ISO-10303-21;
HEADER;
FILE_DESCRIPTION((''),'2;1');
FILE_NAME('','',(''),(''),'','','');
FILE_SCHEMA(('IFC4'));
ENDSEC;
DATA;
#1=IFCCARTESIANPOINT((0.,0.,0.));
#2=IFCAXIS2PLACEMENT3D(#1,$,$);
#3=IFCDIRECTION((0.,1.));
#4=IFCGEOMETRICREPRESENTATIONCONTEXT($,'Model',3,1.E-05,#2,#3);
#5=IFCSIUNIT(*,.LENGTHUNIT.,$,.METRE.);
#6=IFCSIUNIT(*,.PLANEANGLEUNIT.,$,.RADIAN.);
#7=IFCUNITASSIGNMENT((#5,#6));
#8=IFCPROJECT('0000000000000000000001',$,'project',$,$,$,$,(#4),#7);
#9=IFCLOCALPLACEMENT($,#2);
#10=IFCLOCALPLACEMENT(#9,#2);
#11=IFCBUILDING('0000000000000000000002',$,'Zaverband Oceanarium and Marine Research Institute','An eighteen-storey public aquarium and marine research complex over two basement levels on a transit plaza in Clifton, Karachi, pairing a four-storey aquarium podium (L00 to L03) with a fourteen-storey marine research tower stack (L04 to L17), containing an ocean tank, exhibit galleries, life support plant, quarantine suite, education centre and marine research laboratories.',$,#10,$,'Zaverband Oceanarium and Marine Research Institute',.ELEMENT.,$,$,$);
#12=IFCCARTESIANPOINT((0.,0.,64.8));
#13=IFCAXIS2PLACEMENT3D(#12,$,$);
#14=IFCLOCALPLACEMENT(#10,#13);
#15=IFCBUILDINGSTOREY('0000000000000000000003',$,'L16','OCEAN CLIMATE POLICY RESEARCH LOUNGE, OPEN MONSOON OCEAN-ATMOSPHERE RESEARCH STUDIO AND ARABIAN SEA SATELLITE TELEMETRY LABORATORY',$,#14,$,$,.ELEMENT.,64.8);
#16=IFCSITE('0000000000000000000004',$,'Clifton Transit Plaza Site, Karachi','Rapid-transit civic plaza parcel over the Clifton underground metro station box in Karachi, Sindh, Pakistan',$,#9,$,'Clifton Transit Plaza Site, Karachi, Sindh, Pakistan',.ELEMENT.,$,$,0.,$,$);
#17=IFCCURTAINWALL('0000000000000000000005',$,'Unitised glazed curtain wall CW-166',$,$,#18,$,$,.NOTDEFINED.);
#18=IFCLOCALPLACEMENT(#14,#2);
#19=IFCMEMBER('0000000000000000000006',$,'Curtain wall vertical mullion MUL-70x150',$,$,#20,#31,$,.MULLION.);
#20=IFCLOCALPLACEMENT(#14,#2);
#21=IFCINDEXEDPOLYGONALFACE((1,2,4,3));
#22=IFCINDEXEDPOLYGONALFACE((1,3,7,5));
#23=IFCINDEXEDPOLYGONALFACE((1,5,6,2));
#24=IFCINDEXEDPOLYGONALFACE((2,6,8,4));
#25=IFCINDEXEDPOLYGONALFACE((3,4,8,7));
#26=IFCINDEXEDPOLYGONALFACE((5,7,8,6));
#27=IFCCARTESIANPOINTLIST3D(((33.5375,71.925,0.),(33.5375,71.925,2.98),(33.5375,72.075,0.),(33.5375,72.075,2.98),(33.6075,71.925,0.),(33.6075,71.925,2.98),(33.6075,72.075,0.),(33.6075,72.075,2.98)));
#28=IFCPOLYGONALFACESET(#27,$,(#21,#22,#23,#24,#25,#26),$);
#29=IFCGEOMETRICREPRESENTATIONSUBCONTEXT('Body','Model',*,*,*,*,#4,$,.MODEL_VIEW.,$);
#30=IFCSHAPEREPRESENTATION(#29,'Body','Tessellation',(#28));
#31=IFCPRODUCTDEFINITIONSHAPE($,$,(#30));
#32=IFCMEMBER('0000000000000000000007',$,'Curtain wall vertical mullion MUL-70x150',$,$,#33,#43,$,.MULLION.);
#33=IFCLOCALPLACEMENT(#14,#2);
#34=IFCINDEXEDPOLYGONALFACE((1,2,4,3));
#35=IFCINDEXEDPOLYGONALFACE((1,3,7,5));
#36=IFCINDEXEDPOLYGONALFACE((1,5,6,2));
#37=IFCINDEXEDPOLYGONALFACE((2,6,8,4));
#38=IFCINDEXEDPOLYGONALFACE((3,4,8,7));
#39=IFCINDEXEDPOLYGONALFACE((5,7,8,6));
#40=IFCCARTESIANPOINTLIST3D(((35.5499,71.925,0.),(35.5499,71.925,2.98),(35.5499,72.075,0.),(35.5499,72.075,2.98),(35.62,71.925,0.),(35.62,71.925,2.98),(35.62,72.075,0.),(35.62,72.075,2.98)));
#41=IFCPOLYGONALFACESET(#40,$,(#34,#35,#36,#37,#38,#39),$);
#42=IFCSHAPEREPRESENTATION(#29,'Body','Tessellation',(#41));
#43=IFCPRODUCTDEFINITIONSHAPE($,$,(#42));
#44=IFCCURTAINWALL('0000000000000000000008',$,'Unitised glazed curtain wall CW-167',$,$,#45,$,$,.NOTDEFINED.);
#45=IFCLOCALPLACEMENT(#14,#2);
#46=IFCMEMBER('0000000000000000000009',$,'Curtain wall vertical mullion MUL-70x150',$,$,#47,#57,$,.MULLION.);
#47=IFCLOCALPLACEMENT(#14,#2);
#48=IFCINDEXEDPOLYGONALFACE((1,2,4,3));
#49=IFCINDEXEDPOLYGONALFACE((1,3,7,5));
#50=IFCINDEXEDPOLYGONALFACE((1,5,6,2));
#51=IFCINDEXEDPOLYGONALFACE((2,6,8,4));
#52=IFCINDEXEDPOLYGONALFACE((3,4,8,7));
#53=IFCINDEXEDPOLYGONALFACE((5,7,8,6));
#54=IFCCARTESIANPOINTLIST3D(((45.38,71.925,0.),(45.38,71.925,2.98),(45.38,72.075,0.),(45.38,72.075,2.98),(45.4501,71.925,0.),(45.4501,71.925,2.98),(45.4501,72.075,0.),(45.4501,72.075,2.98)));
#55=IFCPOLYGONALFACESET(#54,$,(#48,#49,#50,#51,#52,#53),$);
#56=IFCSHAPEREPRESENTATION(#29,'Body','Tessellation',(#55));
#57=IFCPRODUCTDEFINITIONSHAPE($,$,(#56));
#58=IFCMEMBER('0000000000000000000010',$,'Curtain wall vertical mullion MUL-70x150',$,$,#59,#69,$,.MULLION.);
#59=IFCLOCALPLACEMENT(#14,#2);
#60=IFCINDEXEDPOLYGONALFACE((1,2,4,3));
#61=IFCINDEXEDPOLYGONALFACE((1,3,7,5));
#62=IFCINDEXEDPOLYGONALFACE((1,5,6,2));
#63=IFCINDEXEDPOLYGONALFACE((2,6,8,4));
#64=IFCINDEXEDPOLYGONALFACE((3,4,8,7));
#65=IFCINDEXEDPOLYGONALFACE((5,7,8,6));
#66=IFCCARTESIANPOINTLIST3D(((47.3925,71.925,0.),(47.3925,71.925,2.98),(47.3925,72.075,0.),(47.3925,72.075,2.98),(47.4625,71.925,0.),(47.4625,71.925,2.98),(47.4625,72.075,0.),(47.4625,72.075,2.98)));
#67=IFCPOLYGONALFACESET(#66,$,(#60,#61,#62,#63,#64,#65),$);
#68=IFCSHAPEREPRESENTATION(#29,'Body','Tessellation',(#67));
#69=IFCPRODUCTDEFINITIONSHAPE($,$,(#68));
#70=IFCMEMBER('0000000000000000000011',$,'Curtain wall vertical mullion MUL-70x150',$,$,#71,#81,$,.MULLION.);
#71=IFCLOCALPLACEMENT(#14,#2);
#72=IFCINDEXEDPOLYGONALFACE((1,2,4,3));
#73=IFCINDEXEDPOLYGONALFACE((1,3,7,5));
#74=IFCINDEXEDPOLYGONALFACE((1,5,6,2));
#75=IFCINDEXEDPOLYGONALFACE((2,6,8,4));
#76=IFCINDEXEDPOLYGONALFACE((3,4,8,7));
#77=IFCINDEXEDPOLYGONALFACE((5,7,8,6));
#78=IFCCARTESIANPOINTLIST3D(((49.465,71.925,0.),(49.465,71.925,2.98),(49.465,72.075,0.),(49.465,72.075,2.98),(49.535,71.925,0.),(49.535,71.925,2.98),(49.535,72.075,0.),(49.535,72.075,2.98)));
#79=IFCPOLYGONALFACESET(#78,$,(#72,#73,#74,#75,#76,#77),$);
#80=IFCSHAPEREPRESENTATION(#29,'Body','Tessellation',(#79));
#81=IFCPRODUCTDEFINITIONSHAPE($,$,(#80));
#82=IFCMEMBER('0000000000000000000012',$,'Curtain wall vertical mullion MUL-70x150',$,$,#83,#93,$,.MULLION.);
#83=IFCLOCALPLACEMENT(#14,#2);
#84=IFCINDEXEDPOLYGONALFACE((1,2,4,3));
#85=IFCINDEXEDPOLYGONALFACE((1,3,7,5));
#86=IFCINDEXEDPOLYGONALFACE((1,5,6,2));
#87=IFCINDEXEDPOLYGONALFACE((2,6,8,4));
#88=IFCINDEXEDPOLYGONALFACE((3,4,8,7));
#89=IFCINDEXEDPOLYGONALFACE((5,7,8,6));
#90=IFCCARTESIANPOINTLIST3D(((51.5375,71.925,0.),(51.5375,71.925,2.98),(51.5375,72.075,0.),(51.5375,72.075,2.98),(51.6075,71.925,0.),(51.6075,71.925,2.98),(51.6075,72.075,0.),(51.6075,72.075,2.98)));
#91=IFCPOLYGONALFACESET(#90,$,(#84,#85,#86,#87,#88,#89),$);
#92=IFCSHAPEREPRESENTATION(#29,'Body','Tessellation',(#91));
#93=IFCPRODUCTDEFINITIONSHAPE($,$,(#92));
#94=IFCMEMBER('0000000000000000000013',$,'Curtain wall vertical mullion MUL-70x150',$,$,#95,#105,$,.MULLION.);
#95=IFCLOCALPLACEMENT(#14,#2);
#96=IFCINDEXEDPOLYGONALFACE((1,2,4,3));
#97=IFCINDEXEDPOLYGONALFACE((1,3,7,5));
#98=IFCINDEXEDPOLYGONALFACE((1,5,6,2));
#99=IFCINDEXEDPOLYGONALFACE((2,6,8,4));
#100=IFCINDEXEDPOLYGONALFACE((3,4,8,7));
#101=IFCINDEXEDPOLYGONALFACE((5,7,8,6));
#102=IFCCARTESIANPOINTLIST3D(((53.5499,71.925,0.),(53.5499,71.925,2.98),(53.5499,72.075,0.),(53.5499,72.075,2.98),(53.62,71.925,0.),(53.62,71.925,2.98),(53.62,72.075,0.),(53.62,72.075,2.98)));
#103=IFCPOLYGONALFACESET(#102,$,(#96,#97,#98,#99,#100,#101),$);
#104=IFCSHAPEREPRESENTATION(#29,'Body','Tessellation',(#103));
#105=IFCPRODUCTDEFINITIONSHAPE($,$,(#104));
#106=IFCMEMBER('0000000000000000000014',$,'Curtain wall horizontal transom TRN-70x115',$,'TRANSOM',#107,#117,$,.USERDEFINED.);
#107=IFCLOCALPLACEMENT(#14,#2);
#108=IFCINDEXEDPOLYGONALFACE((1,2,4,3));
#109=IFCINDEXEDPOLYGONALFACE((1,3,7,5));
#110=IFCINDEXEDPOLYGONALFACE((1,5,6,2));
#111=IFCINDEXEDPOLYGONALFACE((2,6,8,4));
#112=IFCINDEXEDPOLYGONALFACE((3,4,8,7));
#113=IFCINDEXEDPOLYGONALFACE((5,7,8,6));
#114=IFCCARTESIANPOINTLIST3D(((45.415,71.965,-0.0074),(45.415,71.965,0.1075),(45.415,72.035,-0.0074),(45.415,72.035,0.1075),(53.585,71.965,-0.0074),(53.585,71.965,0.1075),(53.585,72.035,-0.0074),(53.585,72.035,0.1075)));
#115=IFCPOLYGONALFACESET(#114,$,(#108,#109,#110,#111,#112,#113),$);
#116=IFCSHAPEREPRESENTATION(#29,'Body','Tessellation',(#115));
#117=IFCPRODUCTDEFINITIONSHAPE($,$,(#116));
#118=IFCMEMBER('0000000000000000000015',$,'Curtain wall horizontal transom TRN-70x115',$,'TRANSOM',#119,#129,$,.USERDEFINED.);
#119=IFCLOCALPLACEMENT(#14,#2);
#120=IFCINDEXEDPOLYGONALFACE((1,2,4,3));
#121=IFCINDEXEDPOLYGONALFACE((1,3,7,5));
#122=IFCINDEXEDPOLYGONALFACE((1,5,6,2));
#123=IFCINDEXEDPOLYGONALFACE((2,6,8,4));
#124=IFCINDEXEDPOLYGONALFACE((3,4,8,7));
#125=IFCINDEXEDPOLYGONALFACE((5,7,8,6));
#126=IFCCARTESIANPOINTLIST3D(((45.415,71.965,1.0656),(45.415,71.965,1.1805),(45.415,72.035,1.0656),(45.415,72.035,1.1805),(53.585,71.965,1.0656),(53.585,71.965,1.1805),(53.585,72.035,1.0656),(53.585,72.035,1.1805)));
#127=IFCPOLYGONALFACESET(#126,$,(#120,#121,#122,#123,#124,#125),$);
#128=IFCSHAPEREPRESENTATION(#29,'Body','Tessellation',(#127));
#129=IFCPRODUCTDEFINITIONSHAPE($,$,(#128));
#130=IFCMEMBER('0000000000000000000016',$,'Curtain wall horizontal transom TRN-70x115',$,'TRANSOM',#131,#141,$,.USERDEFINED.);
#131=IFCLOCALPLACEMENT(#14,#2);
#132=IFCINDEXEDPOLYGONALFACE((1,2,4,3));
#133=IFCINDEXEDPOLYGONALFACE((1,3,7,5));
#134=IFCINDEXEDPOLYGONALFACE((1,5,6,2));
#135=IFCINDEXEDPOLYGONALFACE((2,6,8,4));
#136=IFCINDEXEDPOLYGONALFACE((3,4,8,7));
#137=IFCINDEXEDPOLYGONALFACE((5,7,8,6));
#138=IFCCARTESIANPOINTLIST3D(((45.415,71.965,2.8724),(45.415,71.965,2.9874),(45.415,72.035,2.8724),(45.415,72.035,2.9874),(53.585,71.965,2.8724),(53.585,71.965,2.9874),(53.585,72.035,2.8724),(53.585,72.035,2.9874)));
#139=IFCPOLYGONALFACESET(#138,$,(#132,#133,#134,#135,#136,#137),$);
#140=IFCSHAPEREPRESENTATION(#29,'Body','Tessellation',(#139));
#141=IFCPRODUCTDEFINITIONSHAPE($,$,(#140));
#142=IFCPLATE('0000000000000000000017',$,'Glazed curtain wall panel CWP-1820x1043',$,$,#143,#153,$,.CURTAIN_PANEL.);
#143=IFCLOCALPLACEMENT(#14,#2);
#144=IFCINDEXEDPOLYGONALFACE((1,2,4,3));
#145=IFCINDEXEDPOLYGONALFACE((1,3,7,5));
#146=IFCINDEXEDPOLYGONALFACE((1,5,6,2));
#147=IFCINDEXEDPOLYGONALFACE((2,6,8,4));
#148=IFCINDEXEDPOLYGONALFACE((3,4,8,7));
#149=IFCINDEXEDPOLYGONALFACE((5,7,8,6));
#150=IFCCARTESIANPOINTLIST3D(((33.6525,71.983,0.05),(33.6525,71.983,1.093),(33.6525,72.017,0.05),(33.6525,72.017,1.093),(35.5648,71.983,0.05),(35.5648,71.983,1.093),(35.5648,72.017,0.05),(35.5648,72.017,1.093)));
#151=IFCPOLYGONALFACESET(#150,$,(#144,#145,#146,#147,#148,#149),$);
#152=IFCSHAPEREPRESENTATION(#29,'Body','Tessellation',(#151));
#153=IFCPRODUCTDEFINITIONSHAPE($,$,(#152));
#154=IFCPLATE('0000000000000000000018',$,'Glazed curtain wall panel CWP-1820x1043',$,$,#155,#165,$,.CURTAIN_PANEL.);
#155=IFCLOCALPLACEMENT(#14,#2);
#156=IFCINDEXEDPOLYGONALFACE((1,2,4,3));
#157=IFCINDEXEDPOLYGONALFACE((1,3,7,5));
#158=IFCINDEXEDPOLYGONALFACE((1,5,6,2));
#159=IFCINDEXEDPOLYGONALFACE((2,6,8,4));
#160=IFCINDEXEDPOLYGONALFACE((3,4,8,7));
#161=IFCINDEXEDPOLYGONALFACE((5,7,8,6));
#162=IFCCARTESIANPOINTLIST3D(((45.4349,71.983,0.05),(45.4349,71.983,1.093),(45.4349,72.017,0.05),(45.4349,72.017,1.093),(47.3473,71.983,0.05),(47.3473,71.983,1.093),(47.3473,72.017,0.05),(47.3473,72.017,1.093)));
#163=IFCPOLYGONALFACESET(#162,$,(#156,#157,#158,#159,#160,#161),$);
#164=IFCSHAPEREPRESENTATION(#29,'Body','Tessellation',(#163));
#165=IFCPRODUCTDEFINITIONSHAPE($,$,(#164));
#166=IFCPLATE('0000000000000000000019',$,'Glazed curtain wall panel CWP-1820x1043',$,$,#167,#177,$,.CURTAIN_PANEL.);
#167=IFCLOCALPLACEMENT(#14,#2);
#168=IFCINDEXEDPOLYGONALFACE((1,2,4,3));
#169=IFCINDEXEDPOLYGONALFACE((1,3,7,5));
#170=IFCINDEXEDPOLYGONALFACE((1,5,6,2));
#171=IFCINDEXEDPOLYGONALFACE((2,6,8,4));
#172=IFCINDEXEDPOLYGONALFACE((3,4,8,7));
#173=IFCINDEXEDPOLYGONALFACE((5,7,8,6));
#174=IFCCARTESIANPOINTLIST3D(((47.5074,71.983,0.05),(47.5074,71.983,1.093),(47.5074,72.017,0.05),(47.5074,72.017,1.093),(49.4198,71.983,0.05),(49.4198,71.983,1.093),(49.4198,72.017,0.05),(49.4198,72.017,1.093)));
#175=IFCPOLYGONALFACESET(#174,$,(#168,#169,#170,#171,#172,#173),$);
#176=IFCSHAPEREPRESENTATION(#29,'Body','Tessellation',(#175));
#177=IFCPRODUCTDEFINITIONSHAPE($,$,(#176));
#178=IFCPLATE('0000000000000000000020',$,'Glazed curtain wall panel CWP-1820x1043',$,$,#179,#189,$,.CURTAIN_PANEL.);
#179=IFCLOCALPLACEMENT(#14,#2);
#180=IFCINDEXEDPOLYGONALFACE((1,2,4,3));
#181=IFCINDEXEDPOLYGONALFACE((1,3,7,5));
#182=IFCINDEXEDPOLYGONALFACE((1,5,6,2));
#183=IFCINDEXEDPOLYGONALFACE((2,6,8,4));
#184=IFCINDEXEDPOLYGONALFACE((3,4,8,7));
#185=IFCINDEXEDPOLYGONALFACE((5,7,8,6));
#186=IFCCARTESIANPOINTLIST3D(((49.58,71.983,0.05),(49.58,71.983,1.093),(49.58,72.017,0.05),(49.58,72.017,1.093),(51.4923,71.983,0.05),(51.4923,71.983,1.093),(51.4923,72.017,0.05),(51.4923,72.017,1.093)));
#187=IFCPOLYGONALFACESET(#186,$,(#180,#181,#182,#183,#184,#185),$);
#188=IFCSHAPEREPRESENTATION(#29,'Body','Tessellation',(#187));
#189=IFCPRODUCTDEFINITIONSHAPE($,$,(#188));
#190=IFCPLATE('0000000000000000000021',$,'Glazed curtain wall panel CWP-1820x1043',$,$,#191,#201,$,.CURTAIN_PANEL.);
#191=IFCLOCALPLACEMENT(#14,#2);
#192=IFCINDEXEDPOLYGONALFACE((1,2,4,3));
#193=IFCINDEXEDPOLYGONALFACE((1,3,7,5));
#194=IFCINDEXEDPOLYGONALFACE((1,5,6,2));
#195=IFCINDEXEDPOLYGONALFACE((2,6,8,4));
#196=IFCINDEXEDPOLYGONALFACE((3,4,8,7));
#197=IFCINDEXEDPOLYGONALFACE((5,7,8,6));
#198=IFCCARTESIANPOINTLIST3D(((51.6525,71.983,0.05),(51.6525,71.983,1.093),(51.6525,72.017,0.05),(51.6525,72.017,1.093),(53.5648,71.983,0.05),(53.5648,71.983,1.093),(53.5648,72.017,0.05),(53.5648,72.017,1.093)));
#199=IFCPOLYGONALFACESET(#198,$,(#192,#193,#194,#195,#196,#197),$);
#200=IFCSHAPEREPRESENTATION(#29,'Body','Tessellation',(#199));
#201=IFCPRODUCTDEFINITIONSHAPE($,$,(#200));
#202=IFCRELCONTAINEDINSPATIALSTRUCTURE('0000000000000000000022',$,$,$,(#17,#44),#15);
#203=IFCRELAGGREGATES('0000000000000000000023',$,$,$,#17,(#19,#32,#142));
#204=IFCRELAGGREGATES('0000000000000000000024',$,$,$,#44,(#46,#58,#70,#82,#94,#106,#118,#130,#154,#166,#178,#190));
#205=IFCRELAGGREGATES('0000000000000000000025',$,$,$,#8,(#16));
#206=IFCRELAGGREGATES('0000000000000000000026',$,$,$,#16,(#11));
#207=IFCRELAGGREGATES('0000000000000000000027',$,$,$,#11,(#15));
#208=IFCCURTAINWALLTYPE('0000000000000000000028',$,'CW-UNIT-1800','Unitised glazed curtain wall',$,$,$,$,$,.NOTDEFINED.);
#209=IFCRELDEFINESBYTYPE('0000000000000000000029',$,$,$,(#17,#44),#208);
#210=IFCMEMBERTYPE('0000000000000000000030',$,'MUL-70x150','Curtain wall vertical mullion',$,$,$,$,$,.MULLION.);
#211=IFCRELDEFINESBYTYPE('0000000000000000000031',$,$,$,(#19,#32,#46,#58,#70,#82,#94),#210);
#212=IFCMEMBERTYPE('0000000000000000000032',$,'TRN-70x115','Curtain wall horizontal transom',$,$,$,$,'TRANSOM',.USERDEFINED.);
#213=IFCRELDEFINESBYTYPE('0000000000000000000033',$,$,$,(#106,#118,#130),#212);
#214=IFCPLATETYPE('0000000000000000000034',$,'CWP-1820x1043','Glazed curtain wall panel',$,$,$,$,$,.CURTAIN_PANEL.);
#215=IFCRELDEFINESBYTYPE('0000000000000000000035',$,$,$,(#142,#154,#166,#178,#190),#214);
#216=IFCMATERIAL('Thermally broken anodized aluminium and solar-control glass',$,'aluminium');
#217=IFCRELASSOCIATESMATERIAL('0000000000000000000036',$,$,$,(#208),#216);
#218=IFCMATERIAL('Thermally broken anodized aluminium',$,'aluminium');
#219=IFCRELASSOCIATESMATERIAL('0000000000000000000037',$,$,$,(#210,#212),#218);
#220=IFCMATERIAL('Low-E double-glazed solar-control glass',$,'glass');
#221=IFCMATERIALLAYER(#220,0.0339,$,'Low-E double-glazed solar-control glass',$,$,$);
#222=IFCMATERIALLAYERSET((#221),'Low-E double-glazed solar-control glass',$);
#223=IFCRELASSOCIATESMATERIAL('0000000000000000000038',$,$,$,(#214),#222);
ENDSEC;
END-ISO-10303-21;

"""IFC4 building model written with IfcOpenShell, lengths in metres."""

from ifc_helpers import new_model, si_unit, direction, frame, frame_2d, origin, origin_2d, place, context, subcontext, project, spatial, rectangle, extrude, material, layer, layer_set, material_profile, profile_set, type_object, element, aggregate, save


model = new_model("IFC4")

# Units and contexts
model_context = context("Model", 3, precision=1e-05, world=origin(), true_north=direction((0.0, 1.0)))
body_context = subcontext(model_context, "Body", "Model", "MODEL_VIEW")
ifc_project = project(units=[si_unit("LENGTHUNIT", "METRE"), si_unit("PLANEANGLEUNIT", "RADIAN")], contexts=[model_context])

# Site, building, storey
site_placement = place(None, origin())
site = spatial("IfcSite", under=ifc_project, at=site_placement, Name="Clifton Transit Plaza Site, Karachi", Description="Rapid-transit civic plaza parcel over the Clifton underground metro station box in Karachi, Sindh, Pakistan", LongName="Clifton Transit Plaza Site, Karachi, Sindh, Pakistan", CompositionType="ELEMENT", RefElevation=0.0)
building_placement = place(site_placement, origin())
building = spatial("IfcBuilding", under=site, at=building_placement, Name="Zaverband Oceanarium and Marine Research Institute", Description="An eighteen-storey public aquarium and marine research complex over two basement levels on a transit plaza in Clifton, Karachi, pairing a four-storey aquarium podium (L00 to L03) with a fourteen-storey marine research tower stack (L04 to L17), containing an ocean tank, exhibit galleries, life support plant, quarantine suite, education centre and marine research laboratories.", LongName="Zaverband Oceanarium and Marine Research Institute", CompositionType="ELEMENT")
storey_placement = place(building_placement, frame((0.0, 0.0, 64.8)))
storey = spatial("IfcBuildingStorey", under=building, at=storey_placement, Name="L16", Description="OCEAN CLIMATE POLICY RESEARCH LOUNGE, OPEN MONSOON OCEAN-ATMOSPHERE RESEARCH STUDIO AND ARABIAN SEA SATELLITE TELEMETRY LABORATORY", CompositionType="ELEMENT", Elevation=64.8)

# Curtain walls, members
ifc_material_1 = material(Name="Thermally broken anodized aluminium and solar-control glass", Category="aluminium")
curtain_wall_type = type_object("IfcCurtainWallType", Name="CW-UNIT-1800", Description="Unitised glazed curtain wall", PredefinedType="NOTDEFINED", material=ifc_material_1)
curtain_wall_1_placement = place(storey_placement, origin())
curtain_wall_1 = element("IfcCurtainWall", 1, at=curtain_wall_1_placement, inside=storey, type_object=curtain_wall_type, Name="Unitised glazed curtain wall CW-166", PredefinedType="NOTDEFINED")
ifc_material_2 = material(Name="Thermally broken anodized aluminium", Category="aluminium")
ifc_material_profile_1 = material_profile(ifc_material_2, rectangle(XDim=0.0701, YDim=0.1499, at=origin_2d()), Name="AL-MUL-70x150")
ifc_profile_set_1 = profile_set([ifc_material_profile_1], Name="Thermally broken anodized aluminium")
member_type_1 = type_object("IfcMemberType", Name="MUL-70x150", Description="Curtain wall vertical mullion", PredefinedType="MULLION", material=ifc_profile_set_1)
member_1_placement = place(storey_placement, frame((33.5725, 72.0, 0.0), z_axis=(0.0, 0.0, 1.0), x_axis=(1.0, 0.0, 0.0)))
member_1 = element("IfcMember", 2, at=member_1_placement, type_object=member_type_1, Name="Curtain wall vertical mullion MUL-70x150", PredefinedType="MULLION", context=body_context, shape_type="SweptSolid", body=[
    extrude(rectangle(XDim=0.0701, YDim=0.1499, at=origin_2d()), origin(), (0.0, 0.0, 1.0), 2.98),
])
member_2_placement = place(storey_placement, frame((35.585, 72.0, 0.0), z_axis=(0.0, 0.0, 1.0), x_axis=(1.0, 0.0, 0.0)))
member_2 = element("IfcMember", 3, at=member_2_placement, type_object=member_type_1, Name="Curtain wall vertical mullion MUL-70x150", PredefinedType="MULLION", context=body_context, shape_type="SweptSolid", body=[
    extrude(rectangle(XDim=0.0701, YDim=0.1499, at=origin_2d()), origin(), (0.0, 0.0, 1.0), 2.98),
])
curtain_wall_2_placement = place(storey_placement, origin())
curtain_wall_2 = element("IfcCurtainWall", 4, at=curtain_wall_2_placement, inside=storey, type_object=curtain_wall_type, Name="Unitised glazed curtain wall CW-167", PredefinedType="NOTDEFINED")
member_3_placement = place(storey_placement, frame((45.415, 72.0, 0.0), z_axis=(0.0, 0.0, 1.0), x_axis=(1.0, 0.0, 0.0)))
member_3 = element("IfcMember", 5, at=member_3_placement, type_object=member_type_1, Name="Curtain wall vertical mullion MUL-70x150", PredefinedType="MULLION", context=body_context, shape_type="SweptSolid", body=[
    extrude(rectangle(XDim=0.0701, YDim=0.1499, at=origin_2d()), origin(), (0.0, 0.0, 1.0), 2.98),
])
member_4_placement = place(storey_placement, frame((47.4275, 72.0, 0.0), z_axis=(0.0, 0.0, 1.0), x_axis=(1.0, 0.0, 0.0)))
member_4 = element("IfcMember", 6, at=member_4_placement, type_object=member_type_1, Name="Curtain wall vertical mullion MUL-70x150", PredefinedType="MULLION", context=body_context, shape_type="SweptSolid", body=[
    extrude(rectangle(XDim=0.0701, YDim=0.1499, at=origin_2d()), origin(), (0.0, 0.0, 1.0), 2.98),
])
member_5_placement = place(storey_placement, frame((49.5, 72.0, 0.0), z_axis=(0.0, 0.0, 1.0), x_axis=(1.0, 0.0, 0.0)))
member_5 = element("IfcMember", 7, at=member_5_placement, type_object=member_type_1, Name="Curtain wall vertical mullion MUL-70x150", PredefinedType="MULLION", context=body_context, shape_type="SweptSolid", body=[
    extrude(rectangle(XDim=0.0701, YDim=0.1499, at=origin_2d()), origin(), (0.0, 0.0, 1.0), 2.98),
])
member_6_placement = place(storey_placement, frame((51.5725, 72.0, 0.0), z_axis=(0.0, 0.0, 1.0), x_axis=(1.0, 0.0, 0.0)))
member_6 = element("IfcMember", 8, at=member_6_placement, type_object=member_type_1, Name="Curtain wall vertical mullion MUL-70x150", PredefinedType="MULLION", context=body_context, shape_type="SweptSolid", body=[
    extrude(rectangle(XDim=0.0701, YDim=0.1499, at=origin_2d()), origin(), (0.0, 0.0, 1.0), 2.98),
])
member_7_placement = place(storey_placement, frame((53.585, 72.0, 0.0), z_axis=(0.0, 0.0, 1.0), x_axis=(1.0, 0.0, 0.0)))
member_7 = element("IfcMember", 9, at=member_7_placement, type_object=member_type_1, Name="Curtain wall vertical mullion MUL-70x150", PredefinedType="MULLION", context=body_context, shape_type="SweptSolid", body=[
    extrude(rectangle(XDim=0.0701, YDim=0.1499, at=origin_2d()), origin(), (0.0, 0.0, 1.0), 2.98),
])
ifc_material_profile_2 = material_profile(ifc_material_2, rectangle(XDim=0.0701, YDim=0.115, at=origin_2d()), Name="AL-TRN-70x115")
ifc_profile_set_2 = profile_set([ifc_material_profile_2], Name="Thermally broken anodized aluminium")
member_type_2 = type_object("IfcMemberType", Name="TRN-70x115", Description="Curtain wall horizontal transom", ElementType="TRANSOM", PredefinedType="USERDEFINED", material=ifc_profile_set_2)
member_8_placement = place(storey_placement, frame((45.415, 72.0, 0.05), z_axis=(1.0, 0.0, 0.0), x_axis=(0.0, 1.0, 0.0)))
member_8 = element("IfcMember", 10, at=member_8_placement, type_object=member_type_2, Name="Curtain wall horizontal transom TRN-70x115", ObjectType="TRANSOM", PredefinedType="USERDEFINED", context=body_context, shape_type="SweptSolid", body=[
    extrude(rectangle(XDim=0.0701, YDim=0.115, at=origin_2d()), origin(), (0.0, 0.0, 1.0), 8.1699),
])
member_9_placement = place(storey_placement, frame((45.415, 72.0, 1.123), z_axis=(1.0, 0.0, 0.0), x_axis=(0.0, 1.0, 0.0)))
member_9 = element("IfcMember", 11, at=member_9_placement, type_object=member_type_2, Name="Curtain wall horizontal transom TRN-70x115", ObjectType="TRANSOM", PredefinedType="USERDEFINED", context=body_context, shape_type="SweptSolid", body=[
    extrude(rectangle(XDim=0.0701, YDim=0.115, at=origin_2d()), origin(), (0.0, 0.0, 1.0), 8.1699),
])
member_10_placement = place(storey_placement, frame((45.415, 72.0, 2.9299), z_axis=(1.0, 0.0, 0.0), x_axis=(0.0, 1.0, 0.0)))
member_10 = element("IfcMember", 12, at=member_10_placement, type_object=member_type_2, Name="Curtain wall horizontal transom TRN-70x115", ObjectType="TRANSOM", PredefinedType="USERDEFINED", context=body_context, shape_type="SweptSolid", body=[
    extrude(rectangle(XDim=0.0701, YDim=0.115, at=origin_2d()), origin(), (0.0, 0.0, 1.0), 8.1699),
])

# Plates
ifc_material_3 = material(Name="Low-E double-glazed solar-control glass", Category="glass")
ifc_layer_1 = layer(ifc_material_3, 0.0339, Name="Low-E double-glazed solar-control glass")
ifc_layer_set_1 = layer_set([ifc_layer_1], Name="Low-E double-glazed solar-control glass")
plate_type_1 = type_object("IfcPlateType", Name="CWP-1820x1043", Description="Glazed curtain wall panel", PredefinedType="CURTAIN_PANEL", material=ifc_layer_set_1)
plate_1_placement = place(storey_placement, frame((33.6526, 72.0, 0.05), z_axis=(0.0, 0.0, 1.0), x_axis=(1.0, 0.0, 0.0)))
plate_1 = element("IfcPlate", 13, at=plate_1_placement, type_object=plate_type_1, Name="Glazed curtain wall panel CWP-1820x1043", PredefinedType="CURTAIN_PANEL", context=body_context, shape_type="SweptSolid", body=[
    extrude(rectangle(XDim=1.9124, YDim=0.0339, at=frame_2d((0.9561, 0.0))), origin(), (0.0, 0.0, 1.0), 1.043),
])
plate_2_placement = place(storey_placement, frame((45.4351, 72.0, 0.05), z_axis=(0.0, 0.0, 1.0), x_axis=(1.0, 0.0, 0.0)))
plate_2 = element("IfcPlate", 14, at=plate_2_placement, type_object=plate_type_1, Name="Glazed curtain wall panel CWP-1820x1043", PredefinedType="CURTAIN_PANEL", context=body_context, shape_type="SweptSolid", body=[
    extrude(rectangle(XDim=1.9124, YDim=0.0339, at=frame_2d((0.9561, 0.0))), origin(), (0.0, 0.0, 1.0), 1.043),
])
plate_3_placement = place(storey_placement, frame((47.5076, 72.0, 0.05), z_axis=(0.0, 0.0, 1.0), x_axis=(1.0, 0.0, 0.0)))
plate_3 = element("IfcPlate", 15, at=plate_3_placement, type_object=plate_type_1, Name="Glazed curtain wall panel CWP-1820x1043", PredefinedType="CURTAIN_PANEL", context=body_context, shape_type="SweptSolid", body=[
    extrude(rectangle(XDim=1.9124, YDim=0.0339, at=frame_2d((0.9561, 0.0))), origin(), (0.0, 0.0, 1.0), 1.043),
])
plate_4_placement = place(storey_placement, frame((49.5801, 72.0, 0.05), z_axis=(0.0, 0.0, 1.0), x_axis=(1.0, 0.0, 0.0)))
plate_4 = element("IfcPlate", 16, at=plate_4_placement, type_object=plate_type_1, Name="Glazed curtain wall panel CWP-1820x1043", PredefinedType="CURTAIN_PANEL", context=body_context, shape_type="SweptSolid", body=[
    extrude(rectangle(XDim=1.9124, YDim=0.0339, at=frame_2d((0.9561, 0.0))), origin(), (0.0, 0.0, 1.0), 1.043),
])
plate_5_placement = place(storey_placement, frame((51.6526, 72.0, 0.05), z_axis=(0.0, 0.0, 1.0), x_axis=(1.0, 0.0, 0.0)))
plate_5 = element("IfcPlate", 17, at=plate_5_placement, type_object=plate_type_1, Name="Glazed curtain wall panel CWP-1820x1043", PredefinedType="CURTAIN_PANEL", context=body_context, shape_type="SweptSolid", body=[
    extrude(rectangle(XDim=1.9124, YDim=0.0339, at=frame_2d((0.9561, 0.0))), origin(), (0.0, 0.0, 1.0), 1.043),
])
aggregate(curtain_wall_1, [member_1, member_2, plate_1])
aggregate(curtain_wall_2, [member_3, member_4, member_5, member_6, member_7, member_8, member_9, member_10, plate_2, plate_3, plate_4, plate_5])

save(model, "model.ifc")
